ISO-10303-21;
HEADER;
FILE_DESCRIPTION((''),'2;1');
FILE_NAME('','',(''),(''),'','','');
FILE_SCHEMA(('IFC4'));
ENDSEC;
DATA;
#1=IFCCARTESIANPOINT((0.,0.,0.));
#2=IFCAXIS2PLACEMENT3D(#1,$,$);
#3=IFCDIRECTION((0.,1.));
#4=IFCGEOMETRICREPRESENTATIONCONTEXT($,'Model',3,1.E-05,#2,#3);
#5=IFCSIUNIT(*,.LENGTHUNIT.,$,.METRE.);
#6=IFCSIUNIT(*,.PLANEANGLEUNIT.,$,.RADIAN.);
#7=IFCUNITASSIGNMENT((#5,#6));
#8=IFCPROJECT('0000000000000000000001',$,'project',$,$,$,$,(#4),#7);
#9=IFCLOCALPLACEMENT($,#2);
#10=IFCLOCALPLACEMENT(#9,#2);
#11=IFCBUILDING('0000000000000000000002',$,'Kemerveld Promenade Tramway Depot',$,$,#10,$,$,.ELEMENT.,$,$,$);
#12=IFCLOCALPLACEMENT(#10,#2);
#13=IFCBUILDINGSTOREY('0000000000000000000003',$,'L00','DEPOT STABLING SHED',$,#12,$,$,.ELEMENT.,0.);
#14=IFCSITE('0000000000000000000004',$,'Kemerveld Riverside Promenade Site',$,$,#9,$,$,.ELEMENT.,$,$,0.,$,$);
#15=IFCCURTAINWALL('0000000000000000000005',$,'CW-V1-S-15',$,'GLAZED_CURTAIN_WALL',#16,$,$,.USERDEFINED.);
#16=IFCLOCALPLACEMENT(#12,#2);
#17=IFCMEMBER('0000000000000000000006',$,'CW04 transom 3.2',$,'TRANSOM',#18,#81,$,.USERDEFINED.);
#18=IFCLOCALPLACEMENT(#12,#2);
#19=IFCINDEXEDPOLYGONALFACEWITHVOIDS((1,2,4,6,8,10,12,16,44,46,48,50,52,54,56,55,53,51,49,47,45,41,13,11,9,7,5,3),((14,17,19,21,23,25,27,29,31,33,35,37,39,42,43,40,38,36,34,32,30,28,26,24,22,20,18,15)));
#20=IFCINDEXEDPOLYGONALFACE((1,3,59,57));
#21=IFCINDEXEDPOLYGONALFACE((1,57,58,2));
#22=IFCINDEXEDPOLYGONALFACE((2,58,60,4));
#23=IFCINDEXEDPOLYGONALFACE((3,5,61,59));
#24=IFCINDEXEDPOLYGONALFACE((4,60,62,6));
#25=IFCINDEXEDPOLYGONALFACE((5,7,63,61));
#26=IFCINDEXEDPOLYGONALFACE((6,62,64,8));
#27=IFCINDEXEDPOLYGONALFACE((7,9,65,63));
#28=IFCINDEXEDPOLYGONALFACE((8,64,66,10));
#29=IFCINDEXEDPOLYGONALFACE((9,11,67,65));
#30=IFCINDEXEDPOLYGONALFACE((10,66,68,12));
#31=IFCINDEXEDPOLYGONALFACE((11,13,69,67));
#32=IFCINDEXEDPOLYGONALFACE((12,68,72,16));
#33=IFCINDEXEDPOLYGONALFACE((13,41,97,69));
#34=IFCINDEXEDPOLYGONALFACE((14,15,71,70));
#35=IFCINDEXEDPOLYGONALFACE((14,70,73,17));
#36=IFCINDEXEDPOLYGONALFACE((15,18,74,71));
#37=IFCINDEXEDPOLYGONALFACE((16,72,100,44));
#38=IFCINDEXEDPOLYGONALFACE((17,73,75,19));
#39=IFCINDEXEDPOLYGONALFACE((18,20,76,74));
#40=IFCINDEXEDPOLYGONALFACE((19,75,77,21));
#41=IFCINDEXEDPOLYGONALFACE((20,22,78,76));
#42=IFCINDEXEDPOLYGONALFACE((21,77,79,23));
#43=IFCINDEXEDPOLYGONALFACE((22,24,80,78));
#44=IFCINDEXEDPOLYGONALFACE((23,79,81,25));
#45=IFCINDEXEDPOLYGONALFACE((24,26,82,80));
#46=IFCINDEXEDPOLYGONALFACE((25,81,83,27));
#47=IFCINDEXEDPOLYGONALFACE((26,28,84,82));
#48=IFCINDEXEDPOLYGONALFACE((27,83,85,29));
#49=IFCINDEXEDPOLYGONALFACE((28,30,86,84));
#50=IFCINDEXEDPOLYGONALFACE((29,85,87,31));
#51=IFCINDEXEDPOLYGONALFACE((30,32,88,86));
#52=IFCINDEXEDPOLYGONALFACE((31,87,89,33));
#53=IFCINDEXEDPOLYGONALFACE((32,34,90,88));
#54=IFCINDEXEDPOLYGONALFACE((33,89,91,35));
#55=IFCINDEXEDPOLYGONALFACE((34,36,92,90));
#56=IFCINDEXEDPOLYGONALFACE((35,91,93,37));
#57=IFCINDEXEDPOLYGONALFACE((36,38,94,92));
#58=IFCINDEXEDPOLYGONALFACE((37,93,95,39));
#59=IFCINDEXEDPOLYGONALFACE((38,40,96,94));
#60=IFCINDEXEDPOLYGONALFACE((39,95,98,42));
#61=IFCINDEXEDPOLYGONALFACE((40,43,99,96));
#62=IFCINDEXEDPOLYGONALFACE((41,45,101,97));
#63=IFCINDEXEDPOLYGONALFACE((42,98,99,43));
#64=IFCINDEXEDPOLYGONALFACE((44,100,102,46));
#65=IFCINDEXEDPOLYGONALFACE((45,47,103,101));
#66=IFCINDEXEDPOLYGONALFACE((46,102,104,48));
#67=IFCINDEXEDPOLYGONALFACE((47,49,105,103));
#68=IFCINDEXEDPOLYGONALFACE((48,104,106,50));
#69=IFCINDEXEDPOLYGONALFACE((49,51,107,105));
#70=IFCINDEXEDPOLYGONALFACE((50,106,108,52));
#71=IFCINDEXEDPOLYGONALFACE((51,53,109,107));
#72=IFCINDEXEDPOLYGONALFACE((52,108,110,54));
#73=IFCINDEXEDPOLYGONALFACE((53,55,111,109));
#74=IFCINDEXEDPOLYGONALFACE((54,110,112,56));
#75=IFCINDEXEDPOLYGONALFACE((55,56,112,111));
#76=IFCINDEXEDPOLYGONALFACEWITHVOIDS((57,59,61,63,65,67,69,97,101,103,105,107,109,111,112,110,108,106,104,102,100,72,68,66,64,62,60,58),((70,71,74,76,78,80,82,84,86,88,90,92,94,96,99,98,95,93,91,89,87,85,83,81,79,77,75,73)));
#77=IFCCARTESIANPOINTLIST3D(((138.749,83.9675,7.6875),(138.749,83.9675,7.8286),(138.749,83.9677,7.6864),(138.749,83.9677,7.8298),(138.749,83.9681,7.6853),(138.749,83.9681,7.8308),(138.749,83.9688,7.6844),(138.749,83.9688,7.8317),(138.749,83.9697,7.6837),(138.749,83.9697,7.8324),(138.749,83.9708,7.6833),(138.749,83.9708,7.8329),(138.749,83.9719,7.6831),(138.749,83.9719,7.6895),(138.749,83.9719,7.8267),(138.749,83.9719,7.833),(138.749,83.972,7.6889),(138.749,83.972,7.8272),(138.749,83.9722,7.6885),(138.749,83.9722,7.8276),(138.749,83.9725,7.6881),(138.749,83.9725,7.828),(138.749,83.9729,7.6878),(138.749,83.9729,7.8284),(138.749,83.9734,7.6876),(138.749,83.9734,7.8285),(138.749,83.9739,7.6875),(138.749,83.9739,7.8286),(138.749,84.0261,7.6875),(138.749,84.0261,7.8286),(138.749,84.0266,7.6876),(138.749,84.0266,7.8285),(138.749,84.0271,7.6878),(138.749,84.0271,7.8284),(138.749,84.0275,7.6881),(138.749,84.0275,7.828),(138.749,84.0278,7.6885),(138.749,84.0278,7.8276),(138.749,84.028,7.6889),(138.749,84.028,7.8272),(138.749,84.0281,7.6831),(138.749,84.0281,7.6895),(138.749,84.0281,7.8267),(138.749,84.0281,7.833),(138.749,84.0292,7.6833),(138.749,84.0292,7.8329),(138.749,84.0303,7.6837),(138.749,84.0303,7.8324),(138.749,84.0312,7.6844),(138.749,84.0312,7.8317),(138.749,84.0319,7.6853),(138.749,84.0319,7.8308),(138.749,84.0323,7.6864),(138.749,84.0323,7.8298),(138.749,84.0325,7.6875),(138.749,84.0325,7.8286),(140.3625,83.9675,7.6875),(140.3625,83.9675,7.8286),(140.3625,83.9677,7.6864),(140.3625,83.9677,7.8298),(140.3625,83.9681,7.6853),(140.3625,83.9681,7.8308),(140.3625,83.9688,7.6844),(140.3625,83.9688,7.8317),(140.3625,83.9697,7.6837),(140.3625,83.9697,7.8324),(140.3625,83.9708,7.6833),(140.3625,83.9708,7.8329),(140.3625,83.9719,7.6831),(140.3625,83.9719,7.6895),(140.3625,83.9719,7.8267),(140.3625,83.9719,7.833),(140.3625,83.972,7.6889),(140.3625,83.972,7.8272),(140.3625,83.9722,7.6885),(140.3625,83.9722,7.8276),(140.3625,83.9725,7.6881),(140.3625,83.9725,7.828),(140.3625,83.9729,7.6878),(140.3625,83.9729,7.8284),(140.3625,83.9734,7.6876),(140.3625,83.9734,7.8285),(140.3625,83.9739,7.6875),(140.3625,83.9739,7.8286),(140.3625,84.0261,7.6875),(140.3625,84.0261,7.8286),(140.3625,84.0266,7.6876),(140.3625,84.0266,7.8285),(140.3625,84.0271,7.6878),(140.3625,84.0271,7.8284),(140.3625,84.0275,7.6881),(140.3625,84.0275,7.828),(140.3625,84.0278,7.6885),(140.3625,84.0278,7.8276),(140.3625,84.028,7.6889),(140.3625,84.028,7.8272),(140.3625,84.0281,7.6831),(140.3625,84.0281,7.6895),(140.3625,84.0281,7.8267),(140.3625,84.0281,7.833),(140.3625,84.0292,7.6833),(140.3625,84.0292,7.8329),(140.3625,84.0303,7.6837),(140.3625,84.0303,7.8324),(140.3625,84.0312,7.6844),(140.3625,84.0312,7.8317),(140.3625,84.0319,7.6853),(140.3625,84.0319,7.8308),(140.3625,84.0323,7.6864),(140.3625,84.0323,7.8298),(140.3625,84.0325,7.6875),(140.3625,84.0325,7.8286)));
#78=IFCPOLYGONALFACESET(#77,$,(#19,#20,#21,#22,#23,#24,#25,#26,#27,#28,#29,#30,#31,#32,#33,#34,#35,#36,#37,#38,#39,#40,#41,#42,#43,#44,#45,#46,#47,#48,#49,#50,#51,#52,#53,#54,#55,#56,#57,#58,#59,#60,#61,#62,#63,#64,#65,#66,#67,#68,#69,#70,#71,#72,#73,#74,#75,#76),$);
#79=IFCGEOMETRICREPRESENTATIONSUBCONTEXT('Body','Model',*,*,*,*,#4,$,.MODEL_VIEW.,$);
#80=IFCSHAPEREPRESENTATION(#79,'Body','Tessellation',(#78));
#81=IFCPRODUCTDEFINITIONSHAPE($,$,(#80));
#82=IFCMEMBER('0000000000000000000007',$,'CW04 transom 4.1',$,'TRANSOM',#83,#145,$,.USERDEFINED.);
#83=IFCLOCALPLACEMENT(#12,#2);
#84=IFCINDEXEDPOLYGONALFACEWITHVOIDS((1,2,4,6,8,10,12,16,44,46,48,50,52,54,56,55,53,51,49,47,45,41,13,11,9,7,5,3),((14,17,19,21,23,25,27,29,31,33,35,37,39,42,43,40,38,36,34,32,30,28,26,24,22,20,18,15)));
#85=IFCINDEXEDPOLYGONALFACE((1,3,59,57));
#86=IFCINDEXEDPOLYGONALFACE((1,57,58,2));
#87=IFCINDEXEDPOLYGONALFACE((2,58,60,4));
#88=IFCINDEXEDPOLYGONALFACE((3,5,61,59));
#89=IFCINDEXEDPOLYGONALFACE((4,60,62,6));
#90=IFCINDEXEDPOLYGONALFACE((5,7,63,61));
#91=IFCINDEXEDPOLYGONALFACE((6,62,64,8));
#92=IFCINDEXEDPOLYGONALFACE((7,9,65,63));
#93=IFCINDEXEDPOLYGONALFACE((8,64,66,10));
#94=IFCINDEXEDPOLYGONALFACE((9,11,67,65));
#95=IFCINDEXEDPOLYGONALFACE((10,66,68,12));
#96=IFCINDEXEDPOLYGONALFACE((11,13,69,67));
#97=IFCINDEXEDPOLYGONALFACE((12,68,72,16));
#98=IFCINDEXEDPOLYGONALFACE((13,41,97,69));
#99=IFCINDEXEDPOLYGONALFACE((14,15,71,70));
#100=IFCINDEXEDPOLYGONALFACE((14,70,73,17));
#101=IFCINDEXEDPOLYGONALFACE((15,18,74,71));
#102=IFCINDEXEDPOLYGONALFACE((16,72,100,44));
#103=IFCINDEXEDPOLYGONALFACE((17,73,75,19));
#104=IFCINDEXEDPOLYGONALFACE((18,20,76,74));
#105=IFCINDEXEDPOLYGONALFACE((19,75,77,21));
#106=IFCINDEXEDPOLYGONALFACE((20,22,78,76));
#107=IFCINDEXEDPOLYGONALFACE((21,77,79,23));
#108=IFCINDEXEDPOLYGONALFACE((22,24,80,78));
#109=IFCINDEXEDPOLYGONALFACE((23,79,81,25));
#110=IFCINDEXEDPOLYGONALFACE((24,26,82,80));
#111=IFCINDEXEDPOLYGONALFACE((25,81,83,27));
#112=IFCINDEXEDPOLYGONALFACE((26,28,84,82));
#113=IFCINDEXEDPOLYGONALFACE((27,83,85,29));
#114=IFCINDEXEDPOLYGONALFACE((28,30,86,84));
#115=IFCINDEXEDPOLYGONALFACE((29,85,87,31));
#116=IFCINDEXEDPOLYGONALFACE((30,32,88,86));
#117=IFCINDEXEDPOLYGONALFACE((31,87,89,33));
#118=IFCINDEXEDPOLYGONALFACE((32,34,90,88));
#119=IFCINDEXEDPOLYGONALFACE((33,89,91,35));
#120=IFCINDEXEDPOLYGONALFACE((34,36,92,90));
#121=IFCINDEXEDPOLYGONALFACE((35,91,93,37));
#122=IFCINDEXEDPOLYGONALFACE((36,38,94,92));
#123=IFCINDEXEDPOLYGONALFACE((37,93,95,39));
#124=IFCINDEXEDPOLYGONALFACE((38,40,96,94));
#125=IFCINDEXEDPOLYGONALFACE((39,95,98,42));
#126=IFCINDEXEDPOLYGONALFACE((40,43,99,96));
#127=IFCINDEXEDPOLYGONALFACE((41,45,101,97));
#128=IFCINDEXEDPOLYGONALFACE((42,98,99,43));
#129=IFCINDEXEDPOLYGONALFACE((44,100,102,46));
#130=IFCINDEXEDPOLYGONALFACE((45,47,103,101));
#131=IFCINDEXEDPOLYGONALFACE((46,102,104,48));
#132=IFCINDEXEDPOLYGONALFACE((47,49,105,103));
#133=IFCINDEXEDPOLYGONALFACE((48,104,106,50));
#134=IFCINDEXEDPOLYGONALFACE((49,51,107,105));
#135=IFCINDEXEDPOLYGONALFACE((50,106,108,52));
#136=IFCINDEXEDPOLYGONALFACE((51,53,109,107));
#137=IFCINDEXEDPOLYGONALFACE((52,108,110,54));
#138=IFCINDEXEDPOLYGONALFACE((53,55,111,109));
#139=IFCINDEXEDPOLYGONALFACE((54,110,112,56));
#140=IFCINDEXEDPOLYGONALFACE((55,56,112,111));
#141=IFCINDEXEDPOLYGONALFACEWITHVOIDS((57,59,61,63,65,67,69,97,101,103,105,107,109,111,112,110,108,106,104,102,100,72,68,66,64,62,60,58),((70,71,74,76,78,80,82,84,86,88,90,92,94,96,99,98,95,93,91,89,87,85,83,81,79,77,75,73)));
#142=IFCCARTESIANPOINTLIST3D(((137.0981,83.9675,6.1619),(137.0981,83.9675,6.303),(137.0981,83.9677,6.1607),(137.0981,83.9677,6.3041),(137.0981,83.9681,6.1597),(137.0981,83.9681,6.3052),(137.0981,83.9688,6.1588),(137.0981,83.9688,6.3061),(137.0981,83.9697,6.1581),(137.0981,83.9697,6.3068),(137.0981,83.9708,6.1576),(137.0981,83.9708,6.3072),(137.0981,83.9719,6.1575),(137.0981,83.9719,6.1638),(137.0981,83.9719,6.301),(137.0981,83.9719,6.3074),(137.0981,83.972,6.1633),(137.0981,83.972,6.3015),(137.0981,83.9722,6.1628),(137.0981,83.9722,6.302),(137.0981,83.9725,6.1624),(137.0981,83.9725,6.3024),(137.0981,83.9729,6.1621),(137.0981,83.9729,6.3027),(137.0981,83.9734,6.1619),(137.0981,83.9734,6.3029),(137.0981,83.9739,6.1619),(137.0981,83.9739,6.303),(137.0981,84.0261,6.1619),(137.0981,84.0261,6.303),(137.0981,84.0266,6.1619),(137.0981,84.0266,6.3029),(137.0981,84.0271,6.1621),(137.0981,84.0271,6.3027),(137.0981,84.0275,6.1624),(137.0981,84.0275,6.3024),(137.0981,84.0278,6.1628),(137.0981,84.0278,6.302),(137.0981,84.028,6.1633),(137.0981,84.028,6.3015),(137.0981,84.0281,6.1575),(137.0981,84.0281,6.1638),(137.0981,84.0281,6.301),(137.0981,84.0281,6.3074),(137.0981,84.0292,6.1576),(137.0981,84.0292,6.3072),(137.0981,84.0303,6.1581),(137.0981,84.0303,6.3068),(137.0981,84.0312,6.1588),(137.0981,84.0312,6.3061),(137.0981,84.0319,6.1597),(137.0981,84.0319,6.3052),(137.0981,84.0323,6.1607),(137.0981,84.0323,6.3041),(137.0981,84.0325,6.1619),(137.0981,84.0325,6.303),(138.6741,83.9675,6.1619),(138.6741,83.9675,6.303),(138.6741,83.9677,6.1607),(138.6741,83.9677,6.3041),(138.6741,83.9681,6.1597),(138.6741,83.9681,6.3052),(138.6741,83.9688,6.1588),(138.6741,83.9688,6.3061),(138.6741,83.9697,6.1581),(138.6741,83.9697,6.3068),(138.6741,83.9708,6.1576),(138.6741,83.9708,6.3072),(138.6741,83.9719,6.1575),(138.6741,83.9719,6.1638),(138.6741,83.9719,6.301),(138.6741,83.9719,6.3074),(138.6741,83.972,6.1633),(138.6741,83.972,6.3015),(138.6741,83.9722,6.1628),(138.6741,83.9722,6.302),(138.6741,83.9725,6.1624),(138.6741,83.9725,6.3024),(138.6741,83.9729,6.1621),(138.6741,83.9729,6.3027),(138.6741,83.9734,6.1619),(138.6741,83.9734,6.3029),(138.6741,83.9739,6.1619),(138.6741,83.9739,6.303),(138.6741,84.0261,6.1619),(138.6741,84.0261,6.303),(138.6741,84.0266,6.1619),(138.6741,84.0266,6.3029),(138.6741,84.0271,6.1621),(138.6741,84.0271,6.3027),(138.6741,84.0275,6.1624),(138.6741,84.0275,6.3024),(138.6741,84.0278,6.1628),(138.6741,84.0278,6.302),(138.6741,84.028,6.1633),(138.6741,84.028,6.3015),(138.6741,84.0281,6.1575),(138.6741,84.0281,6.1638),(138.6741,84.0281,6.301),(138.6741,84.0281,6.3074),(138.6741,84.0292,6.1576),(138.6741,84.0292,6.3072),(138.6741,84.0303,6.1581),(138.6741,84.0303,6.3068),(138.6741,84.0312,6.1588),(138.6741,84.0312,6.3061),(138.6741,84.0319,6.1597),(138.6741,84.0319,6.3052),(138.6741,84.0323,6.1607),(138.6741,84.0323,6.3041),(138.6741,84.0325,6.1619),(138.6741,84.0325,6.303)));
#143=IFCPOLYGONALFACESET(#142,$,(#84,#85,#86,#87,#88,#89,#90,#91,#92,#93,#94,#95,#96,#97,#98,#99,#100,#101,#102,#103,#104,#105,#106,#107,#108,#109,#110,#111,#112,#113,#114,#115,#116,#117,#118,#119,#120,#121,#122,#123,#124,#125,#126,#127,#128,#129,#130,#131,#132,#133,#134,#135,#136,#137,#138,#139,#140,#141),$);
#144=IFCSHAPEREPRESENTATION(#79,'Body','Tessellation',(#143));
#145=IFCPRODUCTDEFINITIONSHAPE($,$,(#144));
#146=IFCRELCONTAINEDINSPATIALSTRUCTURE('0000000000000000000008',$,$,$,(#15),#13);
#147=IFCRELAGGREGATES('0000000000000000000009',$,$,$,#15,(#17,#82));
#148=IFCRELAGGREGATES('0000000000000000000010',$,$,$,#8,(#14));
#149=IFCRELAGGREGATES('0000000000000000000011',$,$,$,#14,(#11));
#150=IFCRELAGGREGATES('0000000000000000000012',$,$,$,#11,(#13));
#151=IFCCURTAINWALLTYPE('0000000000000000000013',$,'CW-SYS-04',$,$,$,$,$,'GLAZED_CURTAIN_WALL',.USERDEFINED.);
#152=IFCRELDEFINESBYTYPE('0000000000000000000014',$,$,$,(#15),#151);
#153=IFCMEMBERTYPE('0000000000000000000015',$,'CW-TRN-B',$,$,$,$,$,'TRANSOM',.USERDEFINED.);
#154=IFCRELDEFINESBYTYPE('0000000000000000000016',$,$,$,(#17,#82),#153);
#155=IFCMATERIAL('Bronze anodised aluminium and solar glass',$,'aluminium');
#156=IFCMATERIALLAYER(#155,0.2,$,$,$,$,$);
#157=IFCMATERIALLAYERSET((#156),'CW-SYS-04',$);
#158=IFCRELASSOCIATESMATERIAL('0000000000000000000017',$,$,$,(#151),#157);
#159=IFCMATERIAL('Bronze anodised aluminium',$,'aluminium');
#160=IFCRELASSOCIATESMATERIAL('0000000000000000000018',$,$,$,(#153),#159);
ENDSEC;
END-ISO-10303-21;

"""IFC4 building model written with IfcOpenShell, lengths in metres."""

from ifc_helpers import new_model, si_unit, direction, frame, origin, origin_2d, place, context, subcontext, project, spatial, hollow_rectangle, extrude, material, layer, layer_set, material_profile, profile_set, type_object, element, aggregate, save


model = new_model("IFC4")

# Units and contexts
model_context = context("Model", 3, precision=1e-05, world=origin(), true_north=direction((0.0, 1.0)))
body_context = subcontext(model_context, "Body", "Model", "MODEL_VIEW")
ifc_project = project(units=[si_unit("LENGTHUNIT", "METRE"), si_unit("PLANEANGLEUNIT", "RADIAN")], contexts=[model_context])

# Site, building, storey
site_placement = place(None, origin())
site = spatial("IfcSite", under=ifc_project, at=site_placement, Name="Kemerveld Riverside Promenade Site", CompositionType="ELEMENT", RefElevation=0.0)
building_placement = place(site_placement, origin())
building = spatial("IfcBuilding", under=site, at=building_placement, Name="Kemerveld Promenade Tramway Depot", CompositionType="ELEMENT")
storey_placement = place(building_placement, origin())
storey = spatial("IfcBuildingStorey", under=building, at=storey_placement, Name="L00", Description="DEPOT STABLING SHED", CompositionType="ELEMENT", Elevation=0.0)

# Curtain wall
ifc_material_1 = material(Name="Bronze anodised aluminium and solar glass", Category="aluminium")
ifc_material_2 = material(Name="Bronze anodised aluminium", Category="aluminium")
ifc_layer_1 = layer(ifc_material_1, 0.2)
ifc_layer_set_1 = layer_set([ifc_layer_1], Name="CW-SYS-04")
curtain_wall_type_1 = type_object("IfcCurtainWallType", Name="CW-SYS-04", ElementType="GLAZED_CURTAIN_WALL", PredefinedType="USERDEFINED", material=ifc_layer_set_1)
curtain_wall_1_placement = place(storey_placement, origin())
curtain_wall_1 = element("IfcCurtainWall", 1, at=curtain_wall_1_placement, inside=storey, type_object=curtain_wall_type_1, Name="CW-V1-S-15", ObjectType="GLAZED_CURTAIN_WALL", PredefinedType="USERDEFINED")

# Members
ifc_material_profile_1 = material_profile(ifc_material_2, hollow_rectangle(XDim=0.0649, YDim=0.1499, WallThickness=0.0044, InnerFilletRadius=0.002, OuterFilletRadius=0.0044, at=origin_2d()), Name="CW-TRN-150x65")
ifc_profile_set_1 = profile_set([ifc_material_profile_1], Name="Bronze anodised aluminium")
member_type_1 = type_object("IfcMemberType", Name="CW-TRN-B", ElementType="TRANSOM", PredefinedType="USERDEFINED", material=ifc_profile_set_1)
member_1_placement = place(storey_placement, frame((140.3625, 84.0, 7.7581), z_axis=(-1.0, 0.0, 0.0), x_axis=(0.0, -1.0, 0.0)))
member_1 = element("IfcMember", 2, at=member_1_placement, type_object=member_type_1, Name="CW04 transom 3.2", ObjectType="TRANSOM", PredefinedType="USERDEFINED", context=body_context, shape_type="SweptSolid", body=[
    extrude(hollow_rectangle(XDim=0.0649, YDim=0.1499, WallThickness=0.0044, InnerFilletRadius=0.002, OuterFilletRadius=0.0044, at=origin_2d()), origin(), (0.0, 0.0, 1.0), 1.6135),
])
member_2_placement = place(storey_placement, frame((138.6741, 84.0, 6.2324), z_axis=(-1.0, 0.0, 0.0), x_axis=(0.0, -1.0, 0.0)))
member_2 = element("IfcMember", 3, at=member_2_placement, type_object=member_type_1, Name="CW04 transom 4.1", ObjectType="TRANSOM", PredefinedType="USERDEFINED", context=body_context, shape_type="SweptSolid", body=[
    extrude(hollow_rectangle(XDim=0.0649, YDim=0.1499, WallThickness=0.0044, InnerFilletRadius=0.002, OuterFilletRadius=0.0044, at=origin_2d()), origin(), (0.0, 0.0, 1.0), 1.5759),
])

aggregate(curtain_wall_1, [member_1, member_2])

save(model, "model.ifc")
